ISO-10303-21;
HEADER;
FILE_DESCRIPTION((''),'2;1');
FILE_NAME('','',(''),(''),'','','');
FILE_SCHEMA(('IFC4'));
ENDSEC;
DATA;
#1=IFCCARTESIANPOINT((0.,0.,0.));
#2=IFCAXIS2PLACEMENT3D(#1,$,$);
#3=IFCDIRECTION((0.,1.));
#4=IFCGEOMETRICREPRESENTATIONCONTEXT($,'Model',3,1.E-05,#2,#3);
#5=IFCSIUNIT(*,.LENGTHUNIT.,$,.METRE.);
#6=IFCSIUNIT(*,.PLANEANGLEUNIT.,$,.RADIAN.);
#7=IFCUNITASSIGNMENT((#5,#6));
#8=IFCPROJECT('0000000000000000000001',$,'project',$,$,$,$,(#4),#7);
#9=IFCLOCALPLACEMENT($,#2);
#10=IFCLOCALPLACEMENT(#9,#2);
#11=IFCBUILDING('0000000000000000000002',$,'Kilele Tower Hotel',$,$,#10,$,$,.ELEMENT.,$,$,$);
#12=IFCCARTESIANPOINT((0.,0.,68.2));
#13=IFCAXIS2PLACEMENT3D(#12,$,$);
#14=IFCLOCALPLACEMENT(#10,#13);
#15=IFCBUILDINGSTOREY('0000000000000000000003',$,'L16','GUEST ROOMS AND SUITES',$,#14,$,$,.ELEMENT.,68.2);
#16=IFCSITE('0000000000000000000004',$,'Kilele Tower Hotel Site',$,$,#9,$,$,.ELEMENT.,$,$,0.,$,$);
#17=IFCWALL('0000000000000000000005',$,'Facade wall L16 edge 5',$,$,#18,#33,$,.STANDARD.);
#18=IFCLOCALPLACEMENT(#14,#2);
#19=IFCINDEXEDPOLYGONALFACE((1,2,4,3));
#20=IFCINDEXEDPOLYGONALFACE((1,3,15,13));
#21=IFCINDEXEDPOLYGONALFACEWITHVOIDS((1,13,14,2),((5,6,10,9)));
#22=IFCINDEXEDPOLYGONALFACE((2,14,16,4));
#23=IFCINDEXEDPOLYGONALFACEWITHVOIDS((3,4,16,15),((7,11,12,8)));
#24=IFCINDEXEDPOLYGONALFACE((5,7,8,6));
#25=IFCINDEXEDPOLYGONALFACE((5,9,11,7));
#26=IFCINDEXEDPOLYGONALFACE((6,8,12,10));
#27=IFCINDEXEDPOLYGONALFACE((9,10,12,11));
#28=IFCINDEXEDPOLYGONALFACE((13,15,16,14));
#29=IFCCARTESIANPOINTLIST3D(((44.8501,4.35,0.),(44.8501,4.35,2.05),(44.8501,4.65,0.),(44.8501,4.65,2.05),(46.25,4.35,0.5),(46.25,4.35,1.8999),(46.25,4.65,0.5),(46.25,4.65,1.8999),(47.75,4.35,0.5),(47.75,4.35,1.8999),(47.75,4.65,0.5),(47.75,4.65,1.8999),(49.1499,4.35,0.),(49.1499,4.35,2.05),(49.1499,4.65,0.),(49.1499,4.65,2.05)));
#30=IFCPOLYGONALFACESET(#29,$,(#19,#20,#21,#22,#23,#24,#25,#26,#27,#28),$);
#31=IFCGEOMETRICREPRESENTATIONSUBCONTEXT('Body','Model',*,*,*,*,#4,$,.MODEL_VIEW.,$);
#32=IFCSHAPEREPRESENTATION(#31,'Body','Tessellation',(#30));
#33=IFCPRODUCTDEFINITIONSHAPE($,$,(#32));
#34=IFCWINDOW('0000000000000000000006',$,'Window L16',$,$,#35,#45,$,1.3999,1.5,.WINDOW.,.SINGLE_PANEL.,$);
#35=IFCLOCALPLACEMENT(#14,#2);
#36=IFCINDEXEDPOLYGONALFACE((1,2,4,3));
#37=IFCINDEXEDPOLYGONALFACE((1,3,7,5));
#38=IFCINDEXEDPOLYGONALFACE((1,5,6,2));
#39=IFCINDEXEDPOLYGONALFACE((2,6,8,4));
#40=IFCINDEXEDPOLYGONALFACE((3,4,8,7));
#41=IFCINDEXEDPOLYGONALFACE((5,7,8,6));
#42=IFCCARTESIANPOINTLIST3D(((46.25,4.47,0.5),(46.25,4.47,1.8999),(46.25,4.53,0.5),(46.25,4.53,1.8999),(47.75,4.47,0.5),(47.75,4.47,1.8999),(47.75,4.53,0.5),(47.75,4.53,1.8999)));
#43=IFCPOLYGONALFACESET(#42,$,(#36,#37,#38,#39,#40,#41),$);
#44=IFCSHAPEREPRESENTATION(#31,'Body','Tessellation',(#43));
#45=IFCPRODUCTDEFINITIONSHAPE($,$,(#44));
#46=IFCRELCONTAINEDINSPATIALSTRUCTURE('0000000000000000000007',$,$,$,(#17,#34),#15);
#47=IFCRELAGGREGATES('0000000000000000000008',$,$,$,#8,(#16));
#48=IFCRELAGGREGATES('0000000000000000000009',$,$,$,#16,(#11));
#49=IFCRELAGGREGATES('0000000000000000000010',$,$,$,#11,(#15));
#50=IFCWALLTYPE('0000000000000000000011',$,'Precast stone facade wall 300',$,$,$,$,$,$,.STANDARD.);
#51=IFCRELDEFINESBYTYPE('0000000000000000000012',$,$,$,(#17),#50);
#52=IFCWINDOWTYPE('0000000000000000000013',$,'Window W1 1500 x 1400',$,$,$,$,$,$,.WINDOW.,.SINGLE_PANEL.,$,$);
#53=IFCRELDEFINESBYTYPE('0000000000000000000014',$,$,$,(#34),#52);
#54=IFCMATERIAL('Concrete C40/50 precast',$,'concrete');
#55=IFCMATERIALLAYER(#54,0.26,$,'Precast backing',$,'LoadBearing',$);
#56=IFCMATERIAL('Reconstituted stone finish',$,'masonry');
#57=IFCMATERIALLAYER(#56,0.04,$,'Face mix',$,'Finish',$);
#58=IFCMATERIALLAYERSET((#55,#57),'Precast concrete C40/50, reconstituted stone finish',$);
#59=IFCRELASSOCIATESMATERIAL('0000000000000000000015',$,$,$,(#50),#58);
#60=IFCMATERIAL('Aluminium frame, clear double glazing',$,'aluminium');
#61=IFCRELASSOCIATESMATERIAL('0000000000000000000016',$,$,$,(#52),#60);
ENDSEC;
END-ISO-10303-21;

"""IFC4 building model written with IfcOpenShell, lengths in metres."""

from ifc_helpers import new_model, si_unit, direction, frame, frame_2d, origin, place, context, subcontext, project, spatial, rectangle, extrude, material, layer, layer_set, type_object, element, fill, save


model = new_model("IFC4")

# Units and contexts
model_context = context("Model", 3, precision=1e-05, world=origin(), true_north=direction((0.0, 1.0)))
body_context = subcontext(model_context, "Body", "Model", "MODEL_VIEW")
ifc_project = project(units=[si_unit("LENGTHUNIT", "METRE"), si_unit("PLANEANGLEUNIT", "RADIAN")], contexts=[model_context])

# Site, building, storey
site_placement = place(None, origin())
site = spatial("IfcSite", under=ifc_project, at=site_placement, Name="Kilele Tower Hotel Site", CompositionType="ELEMENT", RefElevation=0.0)
building_placement = place(site_placement, origin())
building = spatial("IfcBuilding", under=site, at=building_placement, Name="Kilele Tower Hotel", CompositionType="ELEMENT")
storey_placement = place(building_placement, frame((0.0, 0.0, 68.2)))
storey = spatial("IfcBuildingStorey", under=building, at=storey_placement, Name="L16", Description="GUEST ROOMS AND SUITES", CompositionType="ELEMENT", Elevation=68.2)

# Wall, opening, window
ifc_material_1 = material(Name="Concrete C40/50 precast", Category="concrete")
ifc_layer_1 = layer(ifc_material_1, 0.26, Name="Precast backing", Category="LoadBearing")
ifc_material_2 = material(Name="Reconstituted stone finish", Category="masonry")
ifc_layer_2 = layer(ifc_material_2, 0.04, Name="Face mix", Category="Finish")
ifc_layer_set_1 = layer_set([ifc_layer_1, ifc_layer_2], Name="Precast concrete C40/50, reconstituted stone finish")
wall_type_1 = type_object("IfcWallType", Name="Precast stone facade wall 300", PredefinedType="STANDARD", material=ifc_layer_set_1)
ifc_material_3 = material(Name="Aluminium frame, clear double glazing", Category="aluminium")
window_type = type_object("IfcWindowType", Name="Window W1 1500 x 1400", PartitioningType="SINGLE_PANEL", PredefinedType="WINDOW", material=ifc_material_3)
wall_1_placement = place(storey_placement, frame((44.8501, 4.5, 0.0), z_axis=(0.0, 0.0, 1.0), x_axis=(1.0, 0.0, 0.0)))
wall_1 = element("IfcWall", 1, at=wall_1_placement, inside=storey, type_object=wall_type_1, Name="Facade wall L16 edge 5", PredefinedType="STANDARD", context=body_context, shape_type="SweptSolid", body=[
    extrude(rectangle(XDim=4.2998, YDim=0.3, at=frame_2d((2.1499, 0.0))), origin(), (0.0, 0.0, 1.0), 2.05),
])
opening_1_placement = place(wall_1_placement, frame((1.3999, 0.0, 0.5)))
opening_1 = element("IfcOpeningElement", 2, at=opening_1_placement, cuts=wall_1, PredefinedType="OPENING", context=body_context, shape_type="SweptSolid", body=[
    extrude(rectangle(XDim=1.5, YDim=1.3999, at=frame_2d((0.75, 0.7))), frame((0.0, 0.1599, 0.0), z_axis=(0.0, -1.0, 0.0), x_axis=(1.0, 0.0, 0.0)), (0.0, 0.0, 1.0), 0.3201),
])
window_1_placement = place(opening_1_placement, origin())
window_1 = element("IfcWindow", 3, at=window_1_placement, inside=storey, type_object=window_type, Name="Window L16", OverallHeight=1.3999, OverallWidth=1.5, PartitioningType="SINGLE_PANEL", PredefinedType="WINDOW", context=body_context, shape_type="SweptSolid", body=[
    extrude(rectangle(XDim=1.5, YDim=1.3999, at=frame_2d((0.75, 0.7))), frame((0.0, 0.03, 0.0), z_axis=(0.0, -1.0, 0.0), x_axis=(1.0, 0.0, 0.0)), (0.0, 0.0, 1.0), 0.0601),
])
fill(opening_1, window_1)

save(model, "model.ifc")
